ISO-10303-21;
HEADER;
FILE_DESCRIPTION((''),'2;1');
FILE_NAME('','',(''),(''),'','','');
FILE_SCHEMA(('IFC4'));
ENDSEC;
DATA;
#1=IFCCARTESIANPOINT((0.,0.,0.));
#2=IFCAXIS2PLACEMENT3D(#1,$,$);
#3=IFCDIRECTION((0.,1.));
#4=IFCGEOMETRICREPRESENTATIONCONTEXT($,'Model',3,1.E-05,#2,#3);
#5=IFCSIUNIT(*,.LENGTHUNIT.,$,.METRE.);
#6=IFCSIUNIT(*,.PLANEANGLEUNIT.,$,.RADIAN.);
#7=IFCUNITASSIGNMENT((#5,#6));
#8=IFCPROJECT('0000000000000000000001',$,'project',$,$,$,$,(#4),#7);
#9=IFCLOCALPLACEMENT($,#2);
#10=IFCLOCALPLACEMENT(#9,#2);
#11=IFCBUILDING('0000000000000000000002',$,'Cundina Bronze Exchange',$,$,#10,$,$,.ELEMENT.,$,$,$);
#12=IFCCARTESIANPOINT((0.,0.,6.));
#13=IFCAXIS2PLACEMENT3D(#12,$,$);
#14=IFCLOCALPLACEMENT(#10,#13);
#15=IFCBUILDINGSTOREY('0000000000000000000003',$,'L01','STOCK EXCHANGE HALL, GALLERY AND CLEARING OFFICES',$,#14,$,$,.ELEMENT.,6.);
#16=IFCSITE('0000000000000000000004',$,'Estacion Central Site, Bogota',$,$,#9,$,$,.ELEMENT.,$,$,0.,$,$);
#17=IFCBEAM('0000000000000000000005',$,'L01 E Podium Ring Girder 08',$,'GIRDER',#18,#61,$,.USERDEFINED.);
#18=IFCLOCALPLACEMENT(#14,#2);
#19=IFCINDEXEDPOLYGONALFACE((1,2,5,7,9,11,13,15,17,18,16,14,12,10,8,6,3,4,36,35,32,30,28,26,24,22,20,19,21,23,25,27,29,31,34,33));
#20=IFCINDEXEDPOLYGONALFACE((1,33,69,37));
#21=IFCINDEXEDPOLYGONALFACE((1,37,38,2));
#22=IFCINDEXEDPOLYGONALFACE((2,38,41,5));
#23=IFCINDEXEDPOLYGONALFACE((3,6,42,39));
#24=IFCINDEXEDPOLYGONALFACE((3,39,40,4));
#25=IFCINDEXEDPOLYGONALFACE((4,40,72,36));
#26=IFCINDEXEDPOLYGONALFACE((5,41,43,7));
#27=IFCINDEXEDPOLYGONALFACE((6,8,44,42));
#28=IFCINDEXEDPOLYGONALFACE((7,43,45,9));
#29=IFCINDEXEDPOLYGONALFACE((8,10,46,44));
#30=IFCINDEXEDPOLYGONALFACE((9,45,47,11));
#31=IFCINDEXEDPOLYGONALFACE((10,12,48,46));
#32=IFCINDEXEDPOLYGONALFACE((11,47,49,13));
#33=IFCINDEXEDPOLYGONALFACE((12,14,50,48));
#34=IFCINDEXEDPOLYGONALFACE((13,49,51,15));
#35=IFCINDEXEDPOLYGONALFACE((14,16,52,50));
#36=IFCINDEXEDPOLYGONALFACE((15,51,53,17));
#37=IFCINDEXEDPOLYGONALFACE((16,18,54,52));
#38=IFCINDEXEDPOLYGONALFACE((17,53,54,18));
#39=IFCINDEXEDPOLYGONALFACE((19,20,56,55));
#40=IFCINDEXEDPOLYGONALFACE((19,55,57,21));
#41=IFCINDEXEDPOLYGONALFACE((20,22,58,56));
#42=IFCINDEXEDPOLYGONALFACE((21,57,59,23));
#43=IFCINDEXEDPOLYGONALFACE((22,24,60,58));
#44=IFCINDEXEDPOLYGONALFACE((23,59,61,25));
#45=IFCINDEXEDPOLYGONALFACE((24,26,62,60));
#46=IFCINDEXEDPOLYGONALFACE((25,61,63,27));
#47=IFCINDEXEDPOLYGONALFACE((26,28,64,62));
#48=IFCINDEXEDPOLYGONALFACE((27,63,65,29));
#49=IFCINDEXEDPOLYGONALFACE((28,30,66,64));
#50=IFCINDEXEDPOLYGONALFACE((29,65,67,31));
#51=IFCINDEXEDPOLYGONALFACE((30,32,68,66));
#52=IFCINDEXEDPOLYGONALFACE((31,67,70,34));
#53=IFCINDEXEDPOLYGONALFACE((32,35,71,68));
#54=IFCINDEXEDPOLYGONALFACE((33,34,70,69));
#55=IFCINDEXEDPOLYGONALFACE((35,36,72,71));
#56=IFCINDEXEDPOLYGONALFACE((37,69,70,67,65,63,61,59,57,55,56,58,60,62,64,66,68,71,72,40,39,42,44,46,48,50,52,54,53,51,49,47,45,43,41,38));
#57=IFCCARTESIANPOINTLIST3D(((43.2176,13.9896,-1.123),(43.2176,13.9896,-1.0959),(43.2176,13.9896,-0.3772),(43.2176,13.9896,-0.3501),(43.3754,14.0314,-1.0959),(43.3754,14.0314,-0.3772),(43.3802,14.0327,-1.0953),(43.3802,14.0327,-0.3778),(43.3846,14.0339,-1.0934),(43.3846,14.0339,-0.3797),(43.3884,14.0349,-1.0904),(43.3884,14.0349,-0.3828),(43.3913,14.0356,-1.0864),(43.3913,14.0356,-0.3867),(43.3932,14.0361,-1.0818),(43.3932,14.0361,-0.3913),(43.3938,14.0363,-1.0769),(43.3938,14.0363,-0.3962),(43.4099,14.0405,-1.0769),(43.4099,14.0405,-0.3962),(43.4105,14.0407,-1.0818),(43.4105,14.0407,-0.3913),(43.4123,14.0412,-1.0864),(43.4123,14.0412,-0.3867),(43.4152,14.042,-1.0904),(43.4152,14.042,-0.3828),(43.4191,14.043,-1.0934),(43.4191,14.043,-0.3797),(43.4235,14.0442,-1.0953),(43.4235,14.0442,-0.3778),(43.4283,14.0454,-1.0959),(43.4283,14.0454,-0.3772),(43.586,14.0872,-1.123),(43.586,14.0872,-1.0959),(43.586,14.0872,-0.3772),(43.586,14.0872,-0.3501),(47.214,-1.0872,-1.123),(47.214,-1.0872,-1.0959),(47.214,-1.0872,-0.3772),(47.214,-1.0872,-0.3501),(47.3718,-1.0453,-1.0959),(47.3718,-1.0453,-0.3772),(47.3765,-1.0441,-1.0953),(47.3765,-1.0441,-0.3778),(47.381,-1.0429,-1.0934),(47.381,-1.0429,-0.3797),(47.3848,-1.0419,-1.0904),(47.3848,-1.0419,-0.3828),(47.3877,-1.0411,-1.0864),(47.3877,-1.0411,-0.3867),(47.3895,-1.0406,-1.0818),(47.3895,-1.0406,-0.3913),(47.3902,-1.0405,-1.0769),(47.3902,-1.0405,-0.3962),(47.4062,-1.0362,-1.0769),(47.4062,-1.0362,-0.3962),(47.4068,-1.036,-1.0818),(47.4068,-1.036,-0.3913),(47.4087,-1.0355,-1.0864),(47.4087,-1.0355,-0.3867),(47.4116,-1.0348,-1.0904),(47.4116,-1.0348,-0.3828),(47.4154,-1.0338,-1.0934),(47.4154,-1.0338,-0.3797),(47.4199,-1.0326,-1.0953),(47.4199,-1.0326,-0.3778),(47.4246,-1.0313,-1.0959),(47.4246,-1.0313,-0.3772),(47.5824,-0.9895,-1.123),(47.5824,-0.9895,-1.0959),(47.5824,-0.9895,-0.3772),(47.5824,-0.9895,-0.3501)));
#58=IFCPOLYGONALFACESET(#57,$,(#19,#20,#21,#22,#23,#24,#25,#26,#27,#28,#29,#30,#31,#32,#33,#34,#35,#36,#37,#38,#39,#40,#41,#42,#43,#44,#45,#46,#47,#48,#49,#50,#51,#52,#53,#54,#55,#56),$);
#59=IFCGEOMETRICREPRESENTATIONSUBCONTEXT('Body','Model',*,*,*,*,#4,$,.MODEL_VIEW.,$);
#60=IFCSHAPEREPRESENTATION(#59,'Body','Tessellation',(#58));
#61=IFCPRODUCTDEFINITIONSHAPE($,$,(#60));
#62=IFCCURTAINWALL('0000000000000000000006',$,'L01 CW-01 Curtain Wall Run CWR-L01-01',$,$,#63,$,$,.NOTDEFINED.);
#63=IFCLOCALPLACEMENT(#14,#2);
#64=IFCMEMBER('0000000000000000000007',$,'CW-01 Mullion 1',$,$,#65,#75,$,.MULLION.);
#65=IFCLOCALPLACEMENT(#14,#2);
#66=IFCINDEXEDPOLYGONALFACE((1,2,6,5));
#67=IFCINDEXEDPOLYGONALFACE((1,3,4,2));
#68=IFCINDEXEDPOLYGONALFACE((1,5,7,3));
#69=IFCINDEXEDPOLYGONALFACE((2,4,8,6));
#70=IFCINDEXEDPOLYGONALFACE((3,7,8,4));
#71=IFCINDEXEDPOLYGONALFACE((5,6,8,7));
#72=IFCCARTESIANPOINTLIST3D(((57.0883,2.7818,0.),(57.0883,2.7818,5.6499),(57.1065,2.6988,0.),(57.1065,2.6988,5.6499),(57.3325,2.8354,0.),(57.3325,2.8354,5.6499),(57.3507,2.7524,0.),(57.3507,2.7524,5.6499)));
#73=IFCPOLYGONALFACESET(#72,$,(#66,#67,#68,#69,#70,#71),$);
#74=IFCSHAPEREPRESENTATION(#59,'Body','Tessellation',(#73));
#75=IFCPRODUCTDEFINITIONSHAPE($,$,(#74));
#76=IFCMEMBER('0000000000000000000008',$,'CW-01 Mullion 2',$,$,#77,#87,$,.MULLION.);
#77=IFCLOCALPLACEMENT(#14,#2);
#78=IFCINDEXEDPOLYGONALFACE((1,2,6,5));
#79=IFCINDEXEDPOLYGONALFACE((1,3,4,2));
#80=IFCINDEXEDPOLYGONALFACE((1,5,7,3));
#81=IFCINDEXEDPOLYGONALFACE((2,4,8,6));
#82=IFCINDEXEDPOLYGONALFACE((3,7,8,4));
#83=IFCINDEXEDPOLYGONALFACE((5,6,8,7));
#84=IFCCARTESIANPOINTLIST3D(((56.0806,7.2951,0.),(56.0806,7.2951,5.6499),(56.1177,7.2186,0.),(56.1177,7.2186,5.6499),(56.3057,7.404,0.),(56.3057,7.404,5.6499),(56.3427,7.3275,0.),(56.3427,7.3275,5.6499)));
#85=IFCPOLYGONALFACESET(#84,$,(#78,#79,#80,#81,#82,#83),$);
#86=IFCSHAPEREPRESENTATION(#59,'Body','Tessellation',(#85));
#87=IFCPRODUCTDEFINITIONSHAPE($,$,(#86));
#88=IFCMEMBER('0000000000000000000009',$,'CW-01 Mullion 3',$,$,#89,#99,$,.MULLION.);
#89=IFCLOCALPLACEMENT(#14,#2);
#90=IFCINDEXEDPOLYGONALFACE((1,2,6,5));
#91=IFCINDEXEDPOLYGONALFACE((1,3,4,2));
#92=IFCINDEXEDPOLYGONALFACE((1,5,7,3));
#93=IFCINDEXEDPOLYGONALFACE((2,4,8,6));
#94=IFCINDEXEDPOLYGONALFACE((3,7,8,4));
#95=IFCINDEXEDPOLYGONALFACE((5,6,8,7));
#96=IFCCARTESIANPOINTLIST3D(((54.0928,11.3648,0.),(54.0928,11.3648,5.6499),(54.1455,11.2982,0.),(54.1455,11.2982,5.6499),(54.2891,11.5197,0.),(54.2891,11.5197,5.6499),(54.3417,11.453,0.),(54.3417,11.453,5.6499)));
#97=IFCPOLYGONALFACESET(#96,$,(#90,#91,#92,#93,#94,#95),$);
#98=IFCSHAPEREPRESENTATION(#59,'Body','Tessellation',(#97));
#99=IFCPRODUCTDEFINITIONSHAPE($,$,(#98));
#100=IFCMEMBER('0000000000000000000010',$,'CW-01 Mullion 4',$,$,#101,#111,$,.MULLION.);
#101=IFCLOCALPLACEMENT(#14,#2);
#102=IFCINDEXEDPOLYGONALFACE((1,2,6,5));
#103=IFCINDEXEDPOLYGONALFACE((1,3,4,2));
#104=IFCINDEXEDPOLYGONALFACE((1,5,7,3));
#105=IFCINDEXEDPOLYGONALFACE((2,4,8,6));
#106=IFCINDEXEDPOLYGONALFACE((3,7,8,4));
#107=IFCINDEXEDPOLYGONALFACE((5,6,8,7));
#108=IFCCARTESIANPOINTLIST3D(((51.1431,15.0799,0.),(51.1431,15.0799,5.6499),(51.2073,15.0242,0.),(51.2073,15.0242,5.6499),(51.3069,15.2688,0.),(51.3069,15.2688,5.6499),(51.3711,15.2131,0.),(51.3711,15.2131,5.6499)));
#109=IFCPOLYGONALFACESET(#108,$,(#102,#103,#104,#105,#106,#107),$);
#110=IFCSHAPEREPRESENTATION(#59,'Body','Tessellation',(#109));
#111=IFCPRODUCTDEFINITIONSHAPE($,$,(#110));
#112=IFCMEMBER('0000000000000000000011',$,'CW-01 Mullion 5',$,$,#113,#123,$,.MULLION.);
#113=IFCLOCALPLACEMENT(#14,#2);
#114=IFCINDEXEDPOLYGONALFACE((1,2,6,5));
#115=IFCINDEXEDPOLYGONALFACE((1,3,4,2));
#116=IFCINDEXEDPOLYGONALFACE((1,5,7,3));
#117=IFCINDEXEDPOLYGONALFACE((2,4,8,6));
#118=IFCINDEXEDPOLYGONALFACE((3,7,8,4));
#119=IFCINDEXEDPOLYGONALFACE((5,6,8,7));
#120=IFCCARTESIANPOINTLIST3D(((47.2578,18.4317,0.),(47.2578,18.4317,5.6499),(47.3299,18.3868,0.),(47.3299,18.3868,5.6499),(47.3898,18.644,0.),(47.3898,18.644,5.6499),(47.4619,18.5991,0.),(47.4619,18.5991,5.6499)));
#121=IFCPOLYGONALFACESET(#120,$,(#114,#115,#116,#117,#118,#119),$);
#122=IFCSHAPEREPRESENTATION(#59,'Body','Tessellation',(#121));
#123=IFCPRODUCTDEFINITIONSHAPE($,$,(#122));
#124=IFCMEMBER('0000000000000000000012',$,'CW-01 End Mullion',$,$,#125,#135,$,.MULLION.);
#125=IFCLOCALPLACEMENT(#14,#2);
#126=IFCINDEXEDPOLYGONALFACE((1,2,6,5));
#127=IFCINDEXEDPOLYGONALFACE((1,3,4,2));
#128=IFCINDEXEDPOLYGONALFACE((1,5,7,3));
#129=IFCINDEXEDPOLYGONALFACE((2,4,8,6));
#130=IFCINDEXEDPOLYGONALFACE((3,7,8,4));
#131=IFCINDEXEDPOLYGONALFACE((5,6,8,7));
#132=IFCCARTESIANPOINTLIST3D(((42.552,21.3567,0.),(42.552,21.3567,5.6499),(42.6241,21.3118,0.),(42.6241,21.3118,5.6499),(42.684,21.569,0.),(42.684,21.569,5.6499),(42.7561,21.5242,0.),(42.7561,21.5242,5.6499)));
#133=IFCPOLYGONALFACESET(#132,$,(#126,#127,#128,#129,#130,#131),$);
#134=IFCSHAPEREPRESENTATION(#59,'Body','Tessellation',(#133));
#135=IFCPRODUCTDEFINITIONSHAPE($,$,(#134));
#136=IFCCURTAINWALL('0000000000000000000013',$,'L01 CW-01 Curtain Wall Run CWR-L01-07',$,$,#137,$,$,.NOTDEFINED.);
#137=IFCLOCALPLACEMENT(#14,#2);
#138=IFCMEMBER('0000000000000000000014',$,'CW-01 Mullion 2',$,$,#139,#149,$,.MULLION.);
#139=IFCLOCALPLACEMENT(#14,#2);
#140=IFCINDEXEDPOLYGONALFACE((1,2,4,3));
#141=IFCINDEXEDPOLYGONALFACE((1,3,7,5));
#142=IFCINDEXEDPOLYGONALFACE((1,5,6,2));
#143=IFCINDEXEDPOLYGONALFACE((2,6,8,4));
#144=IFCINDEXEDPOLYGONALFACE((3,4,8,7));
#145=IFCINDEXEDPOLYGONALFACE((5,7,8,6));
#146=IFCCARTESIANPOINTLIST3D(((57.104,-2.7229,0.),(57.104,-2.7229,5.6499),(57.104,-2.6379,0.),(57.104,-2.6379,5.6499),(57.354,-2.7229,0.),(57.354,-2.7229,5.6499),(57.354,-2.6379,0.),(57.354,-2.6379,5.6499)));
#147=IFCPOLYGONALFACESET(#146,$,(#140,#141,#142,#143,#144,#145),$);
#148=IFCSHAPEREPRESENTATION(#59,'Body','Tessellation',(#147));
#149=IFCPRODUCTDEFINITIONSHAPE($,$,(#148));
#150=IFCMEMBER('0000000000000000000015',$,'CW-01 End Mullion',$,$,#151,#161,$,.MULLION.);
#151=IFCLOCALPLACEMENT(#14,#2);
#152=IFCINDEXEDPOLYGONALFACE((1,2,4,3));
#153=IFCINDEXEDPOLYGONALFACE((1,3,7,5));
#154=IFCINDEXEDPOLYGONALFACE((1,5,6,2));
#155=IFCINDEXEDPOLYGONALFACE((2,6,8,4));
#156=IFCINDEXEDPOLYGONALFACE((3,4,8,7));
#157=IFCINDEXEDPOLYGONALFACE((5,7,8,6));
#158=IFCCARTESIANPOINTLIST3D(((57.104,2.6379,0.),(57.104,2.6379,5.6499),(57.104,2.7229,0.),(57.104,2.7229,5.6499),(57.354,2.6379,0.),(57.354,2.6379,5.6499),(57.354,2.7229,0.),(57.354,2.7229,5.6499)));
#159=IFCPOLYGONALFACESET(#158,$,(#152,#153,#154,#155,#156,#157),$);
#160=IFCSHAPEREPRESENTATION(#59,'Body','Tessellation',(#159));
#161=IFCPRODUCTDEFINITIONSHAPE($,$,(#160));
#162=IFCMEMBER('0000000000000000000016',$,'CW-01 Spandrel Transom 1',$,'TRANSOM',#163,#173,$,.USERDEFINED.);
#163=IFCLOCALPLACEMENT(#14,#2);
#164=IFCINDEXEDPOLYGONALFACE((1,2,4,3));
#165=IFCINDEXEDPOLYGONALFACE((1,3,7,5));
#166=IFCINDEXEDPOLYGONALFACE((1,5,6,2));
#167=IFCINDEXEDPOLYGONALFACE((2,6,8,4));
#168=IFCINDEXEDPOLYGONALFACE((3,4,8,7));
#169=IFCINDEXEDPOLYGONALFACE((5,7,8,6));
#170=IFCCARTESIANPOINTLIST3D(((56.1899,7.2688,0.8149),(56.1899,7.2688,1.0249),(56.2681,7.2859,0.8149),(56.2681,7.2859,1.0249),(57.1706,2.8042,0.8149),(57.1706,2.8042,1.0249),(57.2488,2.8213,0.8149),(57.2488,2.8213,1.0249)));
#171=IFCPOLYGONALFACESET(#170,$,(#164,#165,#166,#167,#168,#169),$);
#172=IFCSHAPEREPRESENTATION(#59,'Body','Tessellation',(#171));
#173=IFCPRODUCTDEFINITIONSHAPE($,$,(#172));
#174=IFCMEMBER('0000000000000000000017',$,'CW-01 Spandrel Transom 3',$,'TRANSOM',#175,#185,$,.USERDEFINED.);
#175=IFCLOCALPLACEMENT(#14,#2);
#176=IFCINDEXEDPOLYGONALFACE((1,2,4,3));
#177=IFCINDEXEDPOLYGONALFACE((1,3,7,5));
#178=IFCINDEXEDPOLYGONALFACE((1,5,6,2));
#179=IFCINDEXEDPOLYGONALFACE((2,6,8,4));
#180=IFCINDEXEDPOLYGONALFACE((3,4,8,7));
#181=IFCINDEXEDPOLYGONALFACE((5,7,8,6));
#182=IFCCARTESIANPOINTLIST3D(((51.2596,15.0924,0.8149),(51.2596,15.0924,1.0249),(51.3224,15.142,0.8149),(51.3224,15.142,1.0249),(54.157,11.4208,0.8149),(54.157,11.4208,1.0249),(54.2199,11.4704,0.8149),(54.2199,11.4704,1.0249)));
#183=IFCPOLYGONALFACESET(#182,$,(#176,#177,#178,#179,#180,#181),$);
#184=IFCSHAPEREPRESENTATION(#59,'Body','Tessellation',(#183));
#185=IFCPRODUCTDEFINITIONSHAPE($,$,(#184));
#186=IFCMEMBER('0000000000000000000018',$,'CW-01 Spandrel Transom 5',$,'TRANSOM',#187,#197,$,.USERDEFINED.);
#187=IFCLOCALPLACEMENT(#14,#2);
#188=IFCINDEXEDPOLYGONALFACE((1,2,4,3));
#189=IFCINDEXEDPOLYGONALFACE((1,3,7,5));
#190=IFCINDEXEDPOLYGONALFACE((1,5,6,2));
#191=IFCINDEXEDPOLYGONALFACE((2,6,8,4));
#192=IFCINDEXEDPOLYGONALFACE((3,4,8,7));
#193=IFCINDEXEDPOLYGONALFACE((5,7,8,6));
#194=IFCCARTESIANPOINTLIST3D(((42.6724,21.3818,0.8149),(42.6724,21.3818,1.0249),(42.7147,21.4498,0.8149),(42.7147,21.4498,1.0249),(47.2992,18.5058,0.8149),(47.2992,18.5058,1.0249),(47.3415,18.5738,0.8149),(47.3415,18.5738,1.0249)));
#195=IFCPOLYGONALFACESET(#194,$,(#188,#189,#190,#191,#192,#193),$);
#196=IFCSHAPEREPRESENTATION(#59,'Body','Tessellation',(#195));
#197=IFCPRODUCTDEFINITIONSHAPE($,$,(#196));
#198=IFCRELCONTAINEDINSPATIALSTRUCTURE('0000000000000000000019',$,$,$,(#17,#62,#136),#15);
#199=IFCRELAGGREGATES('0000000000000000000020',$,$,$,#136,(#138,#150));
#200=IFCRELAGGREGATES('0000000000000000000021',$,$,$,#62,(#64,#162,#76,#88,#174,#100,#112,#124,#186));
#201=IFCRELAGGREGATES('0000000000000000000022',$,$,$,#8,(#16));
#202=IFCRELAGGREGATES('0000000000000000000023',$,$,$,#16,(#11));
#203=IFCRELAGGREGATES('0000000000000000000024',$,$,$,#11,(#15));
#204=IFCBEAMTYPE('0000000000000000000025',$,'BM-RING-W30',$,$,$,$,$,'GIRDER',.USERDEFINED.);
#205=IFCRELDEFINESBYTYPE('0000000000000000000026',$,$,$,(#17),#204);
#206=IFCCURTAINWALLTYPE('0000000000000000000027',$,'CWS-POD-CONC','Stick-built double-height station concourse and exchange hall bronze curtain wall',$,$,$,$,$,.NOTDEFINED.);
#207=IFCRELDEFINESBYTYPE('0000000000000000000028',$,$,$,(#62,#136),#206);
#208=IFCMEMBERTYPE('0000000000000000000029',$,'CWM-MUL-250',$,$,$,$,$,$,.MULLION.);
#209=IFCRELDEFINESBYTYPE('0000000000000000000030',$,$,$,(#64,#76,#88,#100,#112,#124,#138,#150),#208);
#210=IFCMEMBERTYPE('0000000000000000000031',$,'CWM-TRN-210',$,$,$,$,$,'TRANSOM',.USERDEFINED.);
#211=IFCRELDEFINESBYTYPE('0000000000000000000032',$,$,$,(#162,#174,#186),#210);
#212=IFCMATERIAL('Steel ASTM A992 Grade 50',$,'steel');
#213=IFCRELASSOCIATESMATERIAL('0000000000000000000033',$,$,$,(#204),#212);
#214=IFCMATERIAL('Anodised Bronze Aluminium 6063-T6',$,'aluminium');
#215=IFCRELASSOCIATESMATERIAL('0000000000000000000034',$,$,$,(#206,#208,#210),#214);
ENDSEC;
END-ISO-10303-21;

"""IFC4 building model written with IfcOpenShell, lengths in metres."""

from ifc_helpers import new_model, si_unit, direction, frame, origin, origin_2d, place, context, subcontext, project, spatial, rectangle, i_section, extrude, material, material_profile, profile_set, type_object, element, aggregate, save


model = new_model("IFC4")

# Units and contexts
model_context = context("Model", 3, precision=1e-05, world=origin(), true_north=direction((0.0, 1.0)))
body_context = subcontext(model_context, "Body", "Model", "MODEL_VIEW")
ifc_project = project(units=[si_unit("LENGTHUNIT", "METRE"), si_unit("PLANEANGLEUNIT", "RADIAN")], contexts=[model_context])

# Site, building, storey
site_placement = place(None, origin())
site = spatial("IfcSite", under=ifc_project, at=site_placement, Name="Estacion Central Site, Bogota", CompositionType="ELEMENT", RefElevation=0.0)
building_placement = place(site_placement, origin())
building = spatial("IfcBuilding", under=site, at=building_placement, Name="Cundina Bronze Exchange", CompositionType="ELEMENT")
storey_placement = place(building_placement, frame((0.0, 0.0, 6.0)))
storey = spatial("IfcBuildingStorey", under=building, at=storey_placement, Name="L01", Description="STOCK EXCHANGE HALL, GALLERY AND CLEARING OFFICES", CompositionType="ELEMENT", Elevation=6.0)

# Beam
ifc_material_1 = material(Name="Steel ASTM A992 Grade 50", Category="steel")
ifc_material_profile_1 = material_profile(ifc_material_1, i_section(OverallWidth=0.3811, OverallDepth=0.7729, WebThickness=0.0166, FlangeThickness=0.0271, FilletRadius=0.019, at=origin_2d()), Name="W30X173", Category="steel")
ifc_profile_set_1 = profile_set([ifc_material_profile_1], Name="Steel ASTM A992 Grade 50")
beam_type = type_object("IfcBeamType", Name="BM-RING-W30", ElementType="GIRDER", PredefinedType="USERDEFINED", material=ifc_profile_set_1)
beam_1_placement = place(storey_placement, frame((47.3982, -1.0383, -0.7366), z_axis=(-0.25622, 0.966619, 0.0), x_axis=(-0.966619, -0.25622, 0.0)))
element("IfcBeam", 1, at=beam_1_placement, inside=storey, type_object=beam_type, Name="L01 E Podium Ring Girder 08", ObjectType="GIRDER", PredefinedType="USERDEFINED", context=body_context, shape_type="SweptSolid", body=[
    extrude(i_section(OverallWidth=0.3811, OverallDepth=0.7729, WebThickness=0.0166, FlangeThickness=0.0271, FilletRadius=0.019, at=origin_2d()), origin(), (0.0, 0.0, 1.0), 15.5974),
])

# Curtain walls, members
ifc_material_2 = material(Name="Anodised Bronze Aluminium 6063-T6", Category="aluminium")
curtain_wall_type = type_object("IfcCurtainWallType", Name="CWS-POD-CONC", Description="Stick-built double-height station concourse and exchange hall bronze curtain wall", PredefinedType="NOTDEFINED", material=ifc_material_2)
curtain_wall_1_placement = place(storey_placement, origin())
curtain_wall_1 = element("IfcCurtainWall", 2, at=curtain_wall_1_placement, inside=storey, type_object=curtain_wall_type, Name="L01 CW-01 Curtain Wall Run CWR-L01-01", PredefinedType="NOTDEFINED")
ifc_material_profile_2 = material_profile(ifc_material_2, rectangle(XDim=0.085, YDim=0.25, at=origin_2d()), Name="AL85X250", Category="aluminium")
ifc_profile_set_2 = profile_set([ifc_material_profile_2], Name="Anodised Bronze Aluminium 6063-T6")
member_type_1 = type_object("IfcMemberType", Name="CWM-MUL-250", PredefinedType="MULLION", material=ifc_profile_set_2)
member_1_placement = place(storey_placement, frame((57.2195, 2.7671, 0.0), z_axis=(0.0, 0.0, 1.0), x_axis=(-0.214565, 0.97671, 0.0)))
member_1 = element("IfcMember", 3, at=member_1_placement, type_object=member_type_1, Name="CW-01 Mullion 1", PredefinedType="MULLION", context=body_context, shape_type="SweptSolid", body=[
    extrude(rectangle(XDim=0.085, YDim=0.25, at=origin_2d()), origin(), (0.0, 0.0, 1.0), 5.6499),
])
member_2_placement = place(storey_placement, frame((56.2117, 7.3113, 0.0), z_axis=(0.0, 0.0, 1.0), x_axis=(-0.435702, 0.900091, 0.0)))
member_2 = element("IfcMember", 4, at=member_2_placement, type_object=member_type_1, Name="CW-01 Mullion 2", PredefinedType="MULLION", context=body_context, shape_type="SweptSolid", body=[
    extrude(rectangle(XDim=0.085, YDim=0.25, at=origin_2d()), origin(), (0.0, 0.0, 1.0), 5.6499),
])
member_3_placement = place(storey_placement, frame((54.2173, 11.4089, 0.0), z_axis=(0.0, 0.0, 1.0), x_axis=(-0.619505, 0.784993, 0.0)))
member_3 = element("IfcMember", 5, at=member_3_placement, type_object=member_type_1, Name="CW-01 Mullion 3", PredefinedType="MULLION", context=body_context, shape_type="SweptSolid", body=[
    extrude(rectangle(XDim=0.085, YDim=0.25, at=origin_2d()), origin(), (0.0, 0.0, 1.0), 5.6499),
])
member_4_placement = place(storey_placement, frame((51.2571, 15.1465, 0.0), z_axis=(0.0, 0.0, 1.0), x_axis=(-0.755511, 0.655136, 0.0)))
member_4 = element("IfcMember", 6, at=member_4_placement, type_object=member_type_1, Name="CW-01 Mullion 4", PredefinedType="MULLION", context=body_context, shape_type="SweptSolid", body=[
    extrude(rectangle(XDim=0.085, YDim=0.25, at=origin_2d()), origin(), (0.0, 0.0, 1.0), 5.6499),
])
member_5_placement = place(storey_placement, frame((47.3599, 18.5154, 0.0), z_axis=(0.0, 0.0, 1.0), x_axis=(-0.849248, 0.527994, 0.0)))
member_5 = element("IfcMember", 7, at=member_5_placement, type_object=member_type_1, Name="CW-01 Mullion 5", PredefinedType="MULLION", context=body_context, shape_type="SweptSolid", body=[
    extrude(rectangle(XDim=0.085, YDim=0.25, at=origin_2d()), origin(), (0.0, 0.0, 1.0), 5.6499),
])
member_6_placement = place(storey_placement, frame((42.6541, 21.4404, 0.0), z_axis=(0.0, 0.0, 1.0), x_axis=(-0.849248, 0.527994, 0.0)))
member_6 = element("IfcMember", 8, at=member_6_placement, type_object=member_type_1, Name="CW-01 End Mullion", PredefinedType="MULLION", context=body_context, shape_type="SweptSolid", body=[
    extrude(rectangle(XDim=0.085, YDim=0.25, at=origin_2d()), origin(), (0.0, 0.0, 1.0), 5.6499),
])
curtain_wall_2_placement = place(storey_placement, origin())
curtain_wall_2 = element("IfcCurtainWall", 9, at=curtain_wall_2_placement, inside=storey, type_object=curtain_wall_type, Name="L01 CW-01 Curtain Wall Run CWR-L01-07", PredefinedType="NOTDEFINED")
member_7_placement = place(storey_placement, frame((57.229, -2.6804, 0.0), z_axis=(0.0, 0.0, 1.0), x_axis=(0.0, 1.0, 0.0)))
member_7 = element("IfcMember", 10, at=member_7_placement, type_object=member_type_1, Name="CW-01 Mullion 2", PredefinedType="MULLION", context=body_context, shape_type="SweptSolid", body=[
    extrude(rectangle(XDim=0.085, YDim=0.25, at=origin_2d()), origin(), (0.0, 0.0, 1.0), 5.6499),
])
member_8_placement = place(storey_placement, frame((57.229, 2.6804, 0.0), z_axis=(0.0, 0.0, 1.0), x_axis=(0.0, 1.0, 0.0)))
member_8 = element("IfcMember", 11, at=member_8_placement, type_object=member_type_1, Name="CW-01 End Mullion", PredefinedType="MULLION", context=body_context, shape_type="SweptSolid", body=[
    extrude(rectangle(XDim=0.085, YDim=0.25, at=origin_2d()), origin(), (0.0, 0.0, 1.0), 5.6499),
])

# Members
ifc_material_profile_3 = material_profile(ifc_material_2, rectangle(XDim=0.0801, YDim=0.21, at=origin_2d()), Name="AL80X210", Category="aluminium")
ifc_profile_set_3 = profile_set([ifc_material_profile_3], Name="Anodised Bronze Aluminium 6063-T6")
member_type_2 = type_object("IfcMemberType", Name="CWM-TRN-210", ElementType="TRANSOM", PredefinedType="USERDEFINED", material=ifc_profile_set_3)
member_9_placement = place(storey_placement, frame((57.2097, 2.8127, 0.9199), z_axis=(-0.214549, 0.976713, 0.0), x_axis=(-0.976713, -0.214549, 0.0)))
member_9 = element("IfcMember", 12, at=member_9_placement, type_object=member_type_2, Name="CW-01 Spandrel Transom 1", ObjectType="TRANSOM", PredefinedType="USERDEFINED", context=body_context, shape_type="SweptSolid", body=[
    extrude(rectangle(XDim=0.0801, YDim=0.21, at=origin_2d()), origin(), (0.0, 0.0, 1.0), 4.571),
])
member_10_placement = place(storey_placement, frame((54.1885, 11.4456, 0.9199), z_axis=(-0.619487, 0.785007, 0.0), x_axis=(-0.785007, -0.619487, 0.0)))
member_10 = element("IfcMember", 13, at=member_10_placement, type_object=member_type_2, Name="CW-01 Spandrel Transom 3", ObjectType="TRANSOM", PredefinedType="USERDEFINED", context=body_context, shape_type="SweptSolid", body=[
    extrude(rectangle(XDim=0.0801, YDim=0.21, at=origin_2d()), origin(), (0.0, 0.0, 1.0), 4.6772),
])
member_11_placement = place(storey_placement, frame((47.3203, 18.5398, 0.9199), z_axis=(-0.849292, 0.527923, 0.0), x_axis=(-0.527923, -0.849292, 0.0)))
member_11 = element("IfcMember", 14, at=member_11_placement, type_object=member_type_2, Name="CW-01 Spandrel Transom 5", ObjectType="TRANSOM", PredefinedType="USERDEFINED", context=body_context, shape_type="SweptSolid", body=[
    extrude(rectangle(XDim=0.0801, YDim=0.21, at=origin_2d()), origin(), (0.0, 0.0, 1.0), 5.4478),
])

aggregate(curtain_wall_2, [member_7, member_8])
aggregate(curtain_wall_1, [member_1, member_9, member_2, member_3, member_10, member_4, member_5, member_6, member_11])

save(model, "model.ifc")
